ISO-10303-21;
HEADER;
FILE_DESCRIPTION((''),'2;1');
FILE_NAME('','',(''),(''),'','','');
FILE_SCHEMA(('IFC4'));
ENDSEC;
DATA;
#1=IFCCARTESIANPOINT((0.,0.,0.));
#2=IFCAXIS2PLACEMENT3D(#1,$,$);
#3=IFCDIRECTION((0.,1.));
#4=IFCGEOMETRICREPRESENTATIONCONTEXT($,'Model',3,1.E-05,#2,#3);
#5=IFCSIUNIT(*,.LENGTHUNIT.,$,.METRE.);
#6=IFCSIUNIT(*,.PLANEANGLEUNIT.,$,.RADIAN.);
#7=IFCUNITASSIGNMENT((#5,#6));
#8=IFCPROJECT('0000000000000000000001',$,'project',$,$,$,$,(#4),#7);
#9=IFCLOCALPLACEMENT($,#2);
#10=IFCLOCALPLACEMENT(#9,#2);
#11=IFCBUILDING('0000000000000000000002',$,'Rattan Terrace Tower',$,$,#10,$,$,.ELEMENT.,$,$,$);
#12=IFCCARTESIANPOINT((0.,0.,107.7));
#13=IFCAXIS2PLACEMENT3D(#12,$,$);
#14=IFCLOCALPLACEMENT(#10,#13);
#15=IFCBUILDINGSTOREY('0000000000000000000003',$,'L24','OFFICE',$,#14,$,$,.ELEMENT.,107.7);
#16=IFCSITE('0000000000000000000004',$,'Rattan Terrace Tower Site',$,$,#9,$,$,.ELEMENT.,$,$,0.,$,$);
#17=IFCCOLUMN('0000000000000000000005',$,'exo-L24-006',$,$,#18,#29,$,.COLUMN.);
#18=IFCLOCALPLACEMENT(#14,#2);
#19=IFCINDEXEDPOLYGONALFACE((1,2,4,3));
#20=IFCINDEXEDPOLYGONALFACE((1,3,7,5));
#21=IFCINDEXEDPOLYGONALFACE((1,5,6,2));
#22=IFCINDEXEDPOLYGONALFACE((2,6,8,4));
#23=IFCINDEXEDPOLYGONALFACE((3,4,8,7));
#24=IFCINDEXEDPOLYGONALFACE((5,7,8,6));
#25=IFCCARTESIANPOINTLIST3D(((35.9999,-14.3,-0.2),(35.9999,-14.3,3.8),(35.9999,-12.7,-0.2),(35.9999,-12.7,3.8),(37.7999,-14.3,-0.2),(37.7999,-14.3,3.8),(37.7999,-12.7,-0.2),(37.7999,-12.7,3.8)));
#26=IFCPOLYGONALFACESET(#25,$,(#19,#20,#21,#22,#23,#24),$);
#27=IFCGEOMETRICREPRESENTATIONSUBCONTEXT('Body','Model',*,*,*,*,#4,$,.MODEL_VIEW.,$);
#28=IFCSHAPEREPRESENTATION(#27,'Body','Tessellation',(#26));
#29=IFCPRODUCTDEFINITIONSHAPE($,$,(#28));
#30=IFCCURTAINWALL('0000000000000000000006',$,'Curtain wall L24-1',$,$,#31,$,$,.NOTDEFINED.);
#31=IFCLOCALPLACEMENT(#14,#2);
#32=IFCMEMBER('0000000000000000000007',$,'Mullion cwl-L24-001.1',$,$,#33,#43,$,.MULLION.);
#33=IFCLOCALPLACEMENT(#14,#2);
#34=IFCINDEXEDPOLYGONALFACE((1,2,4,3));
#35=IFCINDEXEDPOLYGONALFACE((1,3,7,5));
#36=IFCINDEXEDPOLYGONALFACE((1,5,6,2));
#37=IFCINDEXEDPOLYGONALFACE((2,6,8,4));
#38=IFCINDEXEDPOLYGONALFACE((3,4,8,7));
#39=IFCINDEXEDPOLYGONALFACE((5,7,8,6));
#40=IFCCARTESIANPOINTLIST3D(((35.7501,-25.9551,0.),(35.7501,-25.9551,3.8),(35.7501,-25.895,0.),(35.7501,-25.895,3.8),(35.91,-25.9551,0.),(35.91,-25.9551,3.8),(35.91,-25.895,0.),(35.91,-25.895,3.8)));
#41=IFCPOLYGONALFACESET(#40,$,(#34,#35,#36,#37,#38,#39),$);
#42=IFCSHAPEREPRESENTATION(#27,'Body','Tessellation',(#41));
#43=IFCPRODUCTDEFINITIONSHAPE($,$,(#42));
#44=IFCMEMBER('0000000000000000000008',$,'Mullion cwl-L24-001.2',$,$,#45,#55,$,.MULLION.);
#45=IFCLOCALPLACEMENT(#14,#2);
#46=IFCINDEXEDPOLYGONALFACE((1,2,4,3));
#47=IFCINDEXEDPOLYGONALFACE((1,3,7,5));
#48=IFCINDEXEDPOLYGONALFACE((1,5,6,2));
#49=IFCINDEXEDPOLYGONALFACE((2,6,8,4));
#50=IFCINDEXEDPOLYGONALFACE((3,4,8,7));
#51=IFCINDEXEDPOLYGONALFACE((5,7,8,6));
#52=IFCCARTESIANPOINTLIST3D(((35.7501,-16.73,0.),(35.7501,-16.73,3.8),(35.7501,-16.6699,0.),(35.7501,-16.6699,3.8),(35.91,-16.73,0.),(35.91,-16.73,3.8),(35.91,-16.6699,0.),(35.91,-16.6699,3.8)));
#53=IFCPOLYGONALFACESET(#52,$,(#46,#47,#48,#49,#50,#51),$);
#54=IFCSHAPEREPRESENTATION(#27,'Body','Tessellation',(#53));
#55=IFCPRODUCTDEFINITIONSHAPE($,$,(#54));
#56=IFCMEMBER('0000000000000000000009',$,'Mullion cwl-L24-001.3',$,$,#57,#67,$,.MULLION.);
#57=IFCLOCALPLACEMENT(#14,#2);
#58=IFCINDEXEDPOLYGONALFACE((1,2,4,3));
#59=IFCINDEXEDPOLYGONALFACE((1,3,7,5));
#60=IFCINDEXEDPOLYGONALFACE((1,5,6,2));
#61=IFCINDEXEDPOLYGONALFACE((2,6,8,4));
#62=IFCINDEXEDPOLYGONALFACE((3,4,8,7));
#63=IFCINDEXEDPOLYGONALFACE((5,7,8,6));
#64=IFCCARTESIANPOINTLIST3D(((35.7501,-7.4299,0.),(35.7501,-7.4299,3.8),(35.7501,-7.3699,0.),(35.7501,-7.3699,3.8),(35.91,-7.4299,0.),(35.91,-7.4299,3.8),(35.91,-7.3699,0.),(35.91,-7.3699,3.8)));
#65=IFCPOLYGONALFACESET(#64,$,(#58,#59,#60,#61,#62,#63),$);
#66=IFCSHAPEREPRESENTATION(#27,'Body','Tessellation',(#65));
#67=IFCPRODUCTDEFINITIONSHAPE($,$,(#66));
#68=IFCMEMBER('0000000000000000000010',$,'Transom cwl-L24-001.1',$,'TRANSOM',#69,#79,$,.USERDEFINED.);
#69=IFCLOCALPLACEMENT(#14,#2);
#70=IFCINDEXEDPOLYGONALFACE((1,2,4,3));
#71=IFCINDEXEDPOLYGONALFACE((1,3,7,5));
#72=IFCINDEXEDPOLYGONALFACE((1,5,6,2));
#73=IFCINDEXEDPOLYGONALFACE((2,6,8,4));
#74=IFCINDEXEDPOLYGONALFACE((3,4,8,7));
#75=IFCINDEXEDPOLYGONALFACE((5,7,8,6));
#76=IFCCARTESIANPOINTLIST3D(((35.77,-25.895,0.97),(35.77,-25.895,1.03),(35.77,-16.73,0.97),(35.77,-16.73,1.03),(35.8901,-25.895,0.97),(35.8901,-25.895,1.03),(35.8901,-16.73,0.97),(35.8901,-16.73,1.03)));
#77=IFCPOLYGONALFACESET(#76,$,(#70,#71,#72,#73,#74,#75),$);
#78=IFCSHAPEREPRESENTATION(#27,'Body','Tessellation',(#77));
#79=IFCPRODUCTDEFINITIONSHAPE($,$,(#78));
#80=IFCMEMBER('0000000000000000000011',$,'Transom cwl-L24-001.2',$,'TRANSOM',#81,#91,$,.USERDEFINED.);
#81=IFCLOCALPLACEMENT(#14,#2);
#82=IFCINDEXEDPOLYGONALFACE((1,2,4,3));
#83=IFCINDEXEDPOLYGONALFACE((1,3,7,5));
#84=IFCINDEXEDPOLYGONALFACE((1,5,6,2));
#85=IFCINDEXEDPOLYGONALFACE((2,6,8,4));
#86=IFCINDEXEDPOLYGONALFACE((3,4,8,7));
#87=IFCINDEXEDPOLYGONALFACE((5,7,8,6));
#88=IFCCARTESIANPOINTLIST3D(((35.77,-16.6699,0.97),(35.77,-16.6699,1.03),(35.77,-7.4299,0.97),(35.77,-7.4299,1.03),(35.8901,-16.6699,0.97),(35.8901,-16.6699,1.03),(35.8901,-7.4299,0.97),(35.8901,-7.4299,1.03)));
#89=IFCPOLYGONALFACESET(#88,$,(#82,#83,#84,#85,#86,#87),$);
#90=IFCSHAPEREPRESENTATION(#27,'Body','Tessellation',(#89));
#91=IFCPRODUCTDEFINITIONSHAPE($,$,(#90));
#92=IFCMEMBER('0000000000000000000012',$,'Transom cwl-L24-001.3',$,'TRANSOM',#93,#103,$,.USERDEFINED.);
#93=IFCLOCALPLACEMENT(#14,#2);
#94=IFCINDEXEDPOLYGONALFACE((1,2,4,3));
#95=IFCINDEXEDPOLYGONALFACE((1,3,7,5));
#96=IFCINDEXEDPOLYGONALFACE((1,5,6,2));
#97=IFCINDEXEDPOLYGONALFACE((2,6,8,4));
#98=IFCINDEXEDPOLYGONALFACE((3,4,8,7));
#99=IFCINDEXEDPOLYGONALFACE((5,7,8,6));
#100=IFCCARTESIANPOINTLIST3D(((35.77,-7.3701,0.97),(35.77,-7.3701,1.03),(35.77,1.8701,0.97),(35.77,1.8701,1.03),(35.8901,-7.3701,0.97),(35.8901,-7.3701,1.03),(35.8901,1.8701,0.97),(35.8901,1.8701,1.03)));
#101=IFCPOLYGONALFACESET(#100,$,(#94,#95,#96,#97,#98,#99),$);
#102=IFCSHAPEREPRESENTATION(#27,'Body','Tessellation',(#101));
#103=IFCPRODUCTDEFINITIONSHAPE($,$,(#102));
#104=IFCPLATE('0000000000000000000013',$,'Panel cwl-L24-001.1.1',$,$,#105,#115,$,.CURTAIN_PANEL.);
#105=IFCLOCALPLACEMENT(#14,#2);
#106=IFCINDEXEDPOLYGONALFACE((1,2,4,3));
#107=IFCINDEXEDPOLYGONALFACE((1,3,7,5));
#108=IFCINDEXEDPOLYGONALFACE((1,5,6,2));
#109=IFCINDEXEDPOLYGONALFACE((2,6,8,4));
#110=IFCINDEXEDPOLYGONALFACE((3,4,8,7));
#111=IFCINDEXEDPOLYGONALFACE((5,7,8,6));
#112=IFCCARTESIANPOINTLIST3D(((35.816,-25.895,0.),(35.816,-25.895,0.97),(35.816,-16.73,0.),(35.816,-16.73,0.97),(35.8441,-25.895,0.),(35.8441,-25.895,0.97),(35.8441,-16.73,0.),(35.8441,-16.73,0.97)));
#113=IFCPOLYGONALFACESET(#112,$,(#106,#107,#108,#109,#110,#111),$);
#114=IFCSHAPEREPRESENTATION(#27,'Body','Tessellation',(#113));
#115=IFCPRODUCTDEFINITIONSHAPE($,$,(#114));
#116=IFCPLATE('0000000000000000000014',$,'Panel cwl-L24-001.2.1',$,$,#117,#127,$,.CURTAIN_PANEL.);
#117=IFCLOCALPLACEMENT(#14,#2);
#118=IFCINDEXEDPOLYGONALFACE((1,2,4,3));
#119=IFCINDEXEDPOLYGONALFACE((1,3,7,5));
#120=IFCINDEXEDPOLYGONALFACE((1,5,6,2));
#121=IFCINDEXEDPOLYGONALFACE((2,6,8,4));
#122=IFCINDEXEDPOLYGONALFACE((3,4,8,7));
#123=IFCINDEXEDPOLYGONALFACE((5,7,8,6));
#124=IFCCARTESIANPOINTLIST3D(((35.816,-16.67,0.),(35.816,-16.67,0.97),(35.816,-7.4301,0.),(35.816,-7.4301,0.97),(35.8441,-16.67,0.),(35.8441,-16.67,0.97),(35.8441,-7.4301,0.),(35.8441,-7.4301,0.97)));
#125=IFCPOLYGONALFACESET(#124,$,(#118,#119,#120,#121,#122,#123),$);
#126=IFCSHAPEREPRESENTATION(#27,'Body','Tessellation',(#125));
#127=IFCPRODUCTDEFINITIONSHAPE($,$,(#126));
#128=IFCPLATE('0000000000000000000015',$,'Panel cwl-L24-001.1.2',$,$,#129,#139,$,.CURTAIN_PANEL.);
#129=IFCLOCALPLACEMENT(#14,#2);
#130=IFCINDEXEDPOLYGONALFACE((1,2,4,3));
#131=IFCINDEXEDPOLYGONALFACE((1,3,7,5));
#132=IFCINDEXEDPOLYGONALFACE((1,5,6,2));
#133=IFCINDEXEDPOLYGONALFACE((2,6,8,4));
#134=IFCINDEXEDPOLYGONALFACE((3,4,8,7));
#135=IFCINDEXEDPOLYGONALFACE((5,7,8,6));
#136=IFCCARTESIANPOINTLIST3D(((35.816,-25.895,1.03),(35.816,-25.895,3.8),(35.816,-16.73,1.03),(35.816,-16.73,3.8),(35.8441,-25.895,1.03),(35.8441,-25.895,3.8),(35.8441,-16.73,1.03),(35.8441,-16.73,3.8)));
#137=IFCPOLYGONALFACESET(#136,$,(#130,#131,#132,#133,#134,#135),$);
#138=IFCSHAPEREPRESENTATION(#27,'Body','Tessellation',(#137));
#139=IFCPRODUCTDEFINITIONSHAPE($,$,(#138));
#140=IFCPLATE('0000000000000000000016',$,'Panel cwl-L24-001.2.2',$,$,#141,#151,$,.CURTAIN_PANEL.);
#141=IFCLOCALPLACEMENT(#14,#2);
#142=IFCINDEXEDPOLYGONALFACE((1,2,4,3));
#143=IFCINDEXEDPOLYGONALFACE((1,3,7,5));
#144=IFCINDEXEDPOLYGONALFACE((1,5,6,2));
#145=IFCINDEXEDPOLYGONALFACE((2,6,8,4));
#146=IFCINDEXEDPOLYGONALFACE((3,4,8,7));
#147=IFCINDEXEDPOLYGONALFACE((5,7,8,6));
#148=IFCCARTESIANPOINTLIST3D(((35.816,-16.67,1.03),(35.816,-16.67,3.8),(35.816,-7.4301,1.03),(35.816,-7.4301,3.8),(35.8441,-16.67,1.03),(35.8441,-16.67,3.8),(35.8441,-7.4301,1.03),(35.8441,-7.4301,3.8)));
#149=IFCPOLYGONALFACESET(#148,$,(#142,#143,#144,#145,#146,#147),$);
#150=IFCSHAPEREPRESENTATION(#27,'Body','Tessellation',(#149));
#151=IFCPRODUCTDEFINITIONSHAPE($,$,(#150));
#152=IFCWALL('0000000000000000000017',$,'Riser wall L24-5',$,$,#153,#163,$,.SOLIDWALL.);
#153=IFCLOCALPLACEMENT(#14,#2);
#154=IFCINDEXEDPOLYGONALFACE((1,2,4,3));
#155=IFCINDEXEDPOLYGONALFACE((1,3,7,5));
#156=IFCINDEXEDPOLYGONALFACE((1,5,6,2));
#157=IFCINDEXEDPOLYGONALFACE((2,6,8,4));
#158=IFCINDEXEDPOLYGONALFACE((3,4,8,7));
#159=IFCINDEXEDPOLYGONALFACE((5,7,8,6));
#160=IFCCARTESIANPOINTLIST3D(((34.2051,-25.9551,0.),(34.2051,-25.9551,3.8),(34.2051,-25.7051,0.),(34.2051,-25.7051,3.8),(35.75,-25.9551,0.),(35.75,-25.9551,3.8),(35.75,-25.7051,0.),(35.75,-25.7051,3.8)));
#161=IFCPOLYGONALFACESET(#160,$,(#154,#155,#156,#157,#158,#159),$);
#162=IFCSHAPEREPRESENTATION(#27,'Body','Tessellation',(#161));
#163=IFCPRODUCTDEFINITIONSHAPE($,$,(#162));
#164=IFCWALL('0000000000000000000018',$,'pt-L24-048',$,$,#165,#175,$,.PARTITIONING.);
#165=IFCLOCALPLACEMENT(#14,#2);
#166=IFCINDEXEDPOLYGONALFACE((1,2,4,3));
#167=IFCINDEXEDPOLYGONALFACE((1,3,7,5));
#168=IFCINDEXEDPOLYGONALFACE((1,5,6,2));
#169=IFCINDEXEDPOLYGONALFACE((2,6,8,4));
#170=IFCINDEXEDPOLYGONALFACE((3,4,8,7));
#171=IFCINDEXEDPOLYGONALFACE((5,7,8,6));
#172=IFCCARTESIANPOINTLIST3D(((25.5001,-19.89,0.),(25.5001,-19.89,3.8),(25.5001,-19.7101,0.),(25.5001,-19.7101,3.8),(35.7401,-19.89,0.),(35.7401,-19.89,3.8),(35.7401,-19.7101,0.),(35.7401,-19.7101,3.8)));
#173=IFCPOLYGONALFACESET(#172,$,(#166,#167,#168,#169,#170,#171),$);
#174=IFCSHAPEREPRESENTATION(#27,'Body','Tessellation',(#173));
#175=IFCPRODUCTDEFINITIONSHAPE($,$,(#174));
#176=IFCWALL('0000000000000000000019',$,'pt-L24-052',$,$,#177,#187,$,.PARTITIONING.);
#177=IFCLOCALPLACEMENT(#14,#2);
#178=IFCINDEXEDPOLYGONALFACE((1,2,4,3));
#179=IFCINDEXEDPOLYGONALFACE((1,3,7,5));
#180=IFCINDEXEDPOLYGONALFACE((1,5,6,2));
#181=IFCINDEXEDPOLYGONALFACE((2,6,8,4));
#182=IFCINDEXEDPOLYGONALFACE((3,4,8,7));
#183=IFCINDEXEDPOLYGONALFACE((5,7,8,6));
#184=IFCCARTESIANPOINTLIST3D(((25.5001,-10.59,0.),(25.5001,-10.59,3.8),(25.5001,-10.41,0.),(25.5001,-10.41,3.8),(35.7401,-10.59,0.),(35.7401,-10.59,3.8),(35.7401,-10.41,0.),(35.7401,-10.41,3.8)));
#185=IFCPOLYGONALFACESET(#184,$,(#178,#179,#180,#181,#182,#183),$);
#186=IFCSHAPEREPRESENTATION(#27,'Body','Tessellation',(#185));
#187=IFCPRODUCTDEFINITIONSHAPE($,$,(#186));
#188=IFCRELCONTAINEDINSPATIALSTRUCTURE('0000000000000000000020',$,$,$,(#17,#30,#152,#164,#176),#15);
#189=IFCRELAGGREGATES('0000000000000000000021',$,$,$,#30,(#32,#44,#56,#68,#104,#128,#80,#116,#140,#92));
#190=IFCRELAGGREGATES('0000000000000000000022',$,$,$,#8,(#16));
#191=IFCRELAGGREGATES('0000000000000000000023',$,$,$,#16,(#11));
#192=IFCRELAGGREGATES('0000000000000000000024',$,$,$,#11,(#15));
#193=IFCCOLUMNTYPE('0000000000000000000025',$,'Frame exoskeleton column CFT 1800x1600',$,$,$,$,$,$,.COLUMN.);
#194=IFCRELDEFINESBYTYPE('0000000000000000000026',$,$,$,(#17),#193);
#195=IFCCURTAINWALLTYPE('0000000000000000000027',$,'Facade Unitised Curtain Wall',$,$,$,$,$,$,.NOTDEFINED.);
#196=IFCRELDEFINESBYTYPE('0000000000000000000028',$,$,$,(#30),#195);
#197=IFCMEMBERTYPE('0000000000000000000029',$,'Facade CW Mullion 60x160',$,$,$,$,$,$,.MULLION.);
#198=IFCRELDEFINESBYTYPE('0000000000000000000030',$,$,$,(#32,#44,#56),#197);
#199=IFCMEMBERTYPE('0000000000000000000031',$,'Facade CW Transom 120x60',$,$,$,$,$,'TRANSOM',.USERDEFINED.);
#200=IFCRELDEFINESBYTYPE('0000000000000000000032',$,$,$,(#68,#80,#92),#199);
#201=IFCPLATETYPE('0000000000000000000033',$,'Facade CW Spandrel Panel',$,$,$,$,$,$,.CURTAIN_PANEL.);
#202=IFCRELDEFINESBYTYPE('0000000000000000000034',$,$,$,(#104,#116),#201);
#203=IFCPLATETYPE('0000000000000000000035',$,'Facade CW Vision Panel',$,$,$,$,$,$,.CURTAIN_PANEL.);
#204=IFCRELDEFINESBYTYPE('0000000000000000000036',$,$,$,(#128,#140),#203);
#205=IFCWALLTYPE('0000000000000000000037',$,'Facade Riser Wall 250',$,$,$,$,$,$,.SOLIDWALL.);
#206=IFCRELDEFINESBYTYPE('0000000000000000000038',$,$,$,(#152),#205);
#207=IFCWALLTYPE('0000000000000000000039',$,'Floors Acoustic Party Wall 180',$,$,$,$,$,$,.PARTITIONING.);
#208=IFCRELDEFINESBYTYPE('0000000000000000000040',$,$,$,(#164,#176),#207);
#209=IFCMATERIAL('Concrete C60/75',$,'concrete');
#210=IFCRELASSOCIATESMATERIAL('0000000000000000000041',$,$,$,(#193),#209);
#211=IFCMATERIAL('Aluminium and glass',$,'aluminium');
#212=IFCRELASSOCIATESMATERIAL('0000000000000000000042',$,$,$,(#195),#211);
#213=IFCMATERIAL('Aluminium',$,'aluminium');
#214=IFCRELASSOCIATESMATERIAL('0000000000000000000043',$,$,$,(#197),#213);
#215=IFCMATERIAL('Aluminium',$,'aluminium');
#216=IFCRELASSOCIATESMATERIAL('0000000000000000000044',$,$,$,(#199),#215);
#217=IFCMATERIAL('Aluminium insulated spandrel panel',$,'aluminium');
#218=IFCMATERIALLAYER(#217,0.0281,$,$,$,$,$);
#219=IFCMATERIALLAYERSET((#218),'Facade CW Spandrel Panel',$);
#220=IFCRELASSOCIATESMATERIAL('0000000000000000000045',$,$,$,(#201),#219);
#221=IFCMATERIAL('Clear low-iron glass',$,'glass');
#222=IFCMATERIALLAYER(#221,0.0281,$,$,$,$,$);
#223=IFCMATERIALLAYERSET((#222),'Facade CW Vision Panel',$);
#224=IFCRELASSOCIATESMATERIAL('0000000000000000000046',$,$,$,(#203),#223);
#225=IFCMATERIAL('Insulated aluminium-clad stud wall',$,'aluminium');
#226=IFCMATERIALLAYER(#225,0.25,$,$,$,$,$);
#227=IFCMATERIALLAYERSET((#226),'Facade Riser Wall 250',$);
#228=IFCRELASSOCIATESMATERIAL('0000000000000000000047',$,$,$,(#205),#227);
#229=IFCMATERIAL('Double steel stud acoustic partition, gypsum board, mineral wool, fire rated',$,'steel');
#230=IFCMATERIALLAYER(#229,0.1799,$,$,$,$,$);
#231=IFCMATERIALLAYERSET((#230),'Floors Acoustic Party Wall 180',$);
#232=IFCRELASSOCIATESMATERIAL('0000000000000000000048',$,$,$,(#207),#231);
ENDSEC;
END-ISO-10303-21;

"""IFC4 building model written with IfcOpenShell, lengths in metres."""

from ifc_helpers import new_model, si_unit, direction, frame, frame_2d, origin, origin_2d, place, context, subcontext, project, spatial, rectangle, extrude, material, layer, layer_set, material_profile, profile_set, type_object, element, aggregate, save


model = new_model("IFC4")

# Units and contexts
model_context = context("Model", 3, precision=1e-05, world=origin(), true_north=direction((0.0, 1.0)))
body_context = subcontext(model_context, "Body", "Model", "MODEL_VIEW")
ifc_project = project(units=[si_unit("LENGTHUNIT", "METRE"), si_unit("PLANEANGLEUNIT", "RADIAN")], contexts=[model_context])

# Site, building, storey
site_placement = place(None, origin())
site = spatial("IfcSite", under=ifc_project, at=site_placement, Name="Rattan Terrace Tower Site", CompositionType="ELEMENT", RefElevation=0.0)
building_placement = place(site_placement, origin())
building = spatial("IfcBuilding", under=site, at=building_placement, Name="Rattan Terrace Tower", CompositionType="ELEMENT")
storey_placement = place(building_placement, frame((0.0, 0.0, 107.7)))
storey = spatial("IfcBuildingStorey", under=building, at=storey_placement, Name="L24", Description="OFFICE", CompositionType="ELEMENT", Elevation=107.7)

# Column
ifc_material_1 = material(Name="Concrete C60/75", Category="concrete")
ifc_material_profile_1 = material_profile(ifc_material_1, rectangle(XDim=1.6001, YDim=1.8, at=origin_2d()), Name="CFT 1800x1600")
ifc_profile_set_1 = profile_set([ifc_material_profile_1], Name="Concrete C60/75")
column_type = type_object("IfcColumnType", Name="Frame exoskeleton column CFT 1800x1600", PredefinedType="COLUMN", material=ifc_profile_set_1)
column_placement = place(storey_placement, frame((36.8999, -13.5, -0.2), z_axis=(0.0, 0.0, 1.0), x_axis=(0.0, 1.0, 0.0)))
element("IfcColumn", 1, at=column_placement, inside=storey, type_object=column_type, Name="exo-L24-006", PredefinedType="COLUMN", context=body_context, shape_type="SweptSolid", body=[
    extrude(rectangle(XDim=1.6001, YDim=1.8, at=origin_2d()), origin(), (0.0, 0.0, 1.0), 4.0),
])

# Curtain wall, members, plates
ifc_material_2 = material(Name="Aluminium and glass", Category="aluminium")
curtain_wall_type = type_object("IfcCurtainWallType", Name="Facade Unitised Curtain Wall", PredefinedType="NOTDEFINED", material=ifc_material_2)
curtain_wall_placement = place(storey_placement, origin())
curtain_wall = element("IfcCurtainWall", 2, at=curtain_wall_placement, inside=storey, type_object=curtain_wall_type, Name="Curtain wall L24-1", PredefinedType="NOTDEFINED")
ifc_material_3 = material(Name="Aluminium", Category="aluminium")
ifc_material_profile_2 = material_profile(ifc_material_3, rectangle(XDim=0.0601, YDim=0.1599, at=origin_2d()), Name="Aluminium 60x160")
ifc_profile_set_2 = profile_set([ifc_material_profile_2], Name="Aluminium")
member_type_1 = type_object("IfcMemberType", Name="Facade CW Mullion 60x160", PredefinedType="MULLION", material=ifc_profile_set_2)
member_1_placement = place(storey_placement, frame((35.8301, -25.925, 0.0), z_axis=(0.0, 0.0, 1.0), x_axis=(0.0, 1.0, 0.0)))
member_1 = element("IfcMember", 3, at=member_1_placement, type_object=member_type_1, Name="Mullion cwl-L24-001.1", PredefinedType="MULLION", context=body_context, shape_type="SweptSolid", body=[
    extrude(rectangle(XDim=0.0601, YDim=0.1599, at=origin_2d()), origin(), (0.0, 0.0, 1.0), 3.8),
])
member_2_placement = place(storey_placement, frame((35.8301, -16.7, 0.0), z_axis=(0.0, 0.0, 1.0), x_axis=(0.0, 1.0, 0.0)))
member_2 = element("IfcMember", 4, at=member_2_placement, type_object=member_type_1, Name="Mullion cwl-L24-001.2", PredefinedType="MULLION", context=body_context, shape_type="SweptSolid", body=[
    extrude(rectangle(XDim=0.0601, YDim=0.1599, at=origin_2d()), origin(), (0.0, 0.0, 1.0), 3.8),
])
member_3_placement = place(storey_placement, frame((35.8301, -7.3999, 0.0), z_axis=(0.0, 0.0, 1.0), x_axis=(0.0, 1.0, 0.0)))
member_3 = element("IfcMember", 5, at=member_3_placement, type_object=member_type_1, Name="Mullion cwl-L24-001.3", PredefinedType="MULLION", context=body_context, shape_type="SweptSolid", body=[
    extrude(rectangle(XDim=0.0601, YDim=0.1599, at=origin_2d()), origin(), (0.0, 0.0, 1.0), 3.8),
])
ifc_material_4 = material(Name="Aluminium", Category="aluminium")
ifc_material_profile_3 = material_profile(ifc_material_4, rectangle(XDim=0.1201, YDim=0.0601, at=origin_2d()), Name="Aluminium 120x60")
ifc_profile_set_3 = profile_set([ifc_material_profile_3], Name="Aluminium")
member_type_2 = type_object("IfcMemberType", Name="Facade CW Transom 120x60", ElementType="TRANSOM", PredefinedType="USERDEFINED", material=ifc_profile_set_3)
member_4_placement = place(storey_placement, frame((35.8301, -25.895, 1.0), z_axis=(0.0, 1.0, 0.0), x_axis=(-1.0, 0.0, 0.0)))
member_4 = element("IfcMember", 6, at=member_4_placement, type_object=member_type_2, Name="Transom cwl-L24-001.1", ObjectType="TRANSOM", PredefinedType="USERDEFINED", context=body_context, shape_type="SweptSolid", body=[
    extrude(rectangle(XDim=0.1201, YDim=0.0601, at=origin_2d()), origin(), (0.0, 0.0, 1.0), 9.165),
])
member_5_placement = place(storey_placement, frame((35.8301, -16.6699, 1.0), z_axis=(0.0, 1.0, 0.0), x_axis=(-1.0, 0.0, 0.0)))
member_5 = element("IfcMember", 7, at=member_5_placement, type_object=member_type_2, Name="Transom cwl-L24-001.2", ObjectType="TRANSOM", PredefinedType="USERDEFINED", context=body_context, shape_type="SweptSolid", body=[
    extrude(rectangle(XDim=0.1201, YDim=0.0601, at=origin_2d()), origin(), (0.0, 0.0, 1.0), 9.24),
])
member_6_placement = place(storey_placement, frame((35.8301, -7.3701, 1.0), z_axis=(0.0, 1.0, 0.0), x_axis=(-1.0, 0.0, 0.0)))
member_6 = element("IfcMember", 8, at=member_6_placement, type_object=member_type_2, Name="Transom cwl-L24-001.3", ObjectType="TRANSOM", PredefinedType="USERDEFINED", context=body_context, shape_type="SweptSolid", body=[
    extrude(rectangle(XDim=0.1201, YDim=0.0601, at=origin_2d()), origin(), (0.0, 0.0, 1.0), 9.2402),
])
ifc_material_5 = material(Name="Aluminium insulated spandrel panel", Category="aluminium")
ifc_layer_1 = layer(ifc_material_5, 0.0281)
ifc_layer_set_1 = layer_set([ifc_layer_1], Name="Facade CW Spandrel Panel")
plate_type_1 = type_object("IfcPlateType", Name="Facade CW Spandrel Panel", PredefinedType="CURTAIN_PANEL", material=ifc_layer_set_1)
plate_1_placement = place(storey_placement, frame((35.8301, -21.3125, 0.0), z_axis=(0.0, 0.0, 1.0), x_axis=(0.0, 1.0, 0.0)))
plate_1 = element("IfcPlate", 9, at=plate_1_placement, type_object=plate_type_1, Name="Panel cwl-L24-001.1.1", PredefinedType="CURTAIN_PANEL", context=body_context, shape_type="SweptSolid", body=[
    extrude(rectangle(XDim=9.165, YDim=0.0281, at=origin_2d()), origin(), (0.0, 0.0, 1.0), 0.97),
])
plate_2_placement = place(storey_placement, frame((35.8301, -12.05, 0.0), z_axis=(0.0, 0.0, 1.0), x_axis=(0.0, 1.0, 0.0)))
plate_2 = element("IfcPlate", 10, at=plate_2_placement, type_object=plate_type_1, Name="Panel cwl-L24-001.2.1", PredefinedType="CURTAIN_PANEL", context=body_context, shape_type="SweptSolid", body=[
    extrude(rectangle(XDim=9.24, YDim=0.0281, at=origin_2d()), origin(), (0.0, 0.0, 1.0), 0.97),
])
ifc_material_6 = material(Name="Clear low-iron glass", Category="glass")
ifc_layer_2 = layer(ifc_material_6, 0.0281)
ifc_layer_set_2 = layer_set([ifc_layer_2], Name="Facade CW Vision Panel")
plate_type_2 = type_object("IfcPlateType", Name="Facade CW Vision Panel", PredefinedType="CURTAIN_PANEL", material=ifc_layer_set_2)
plate_3_placement = place(storey_placement, frame((35.8301, -21.3125, 1.03), z_axis=(0.0, 0.0, 1.0), x_axis=(0.0, 1.0, 0.0)))
plate_3 = element("IfcPlate", 11, at=plate_3_placement, type_object=plate_type_2, Name="Panel cwl-L24-001.1.2", PredefinedType="CURTAIN_PANEL", context=body_context, shape_type="SweptSolid", body=[
    extrude(rectangle(XDim=9.165, YDim=0.0281, at=origin_2d()), origin(), (0.0, 0.0, 1.0), 2.77),
])
plate_4_placement = place(storey_placement, frame((35.8301, -12.05, 1.03), z_axis=(0.0, 0.0, 1.0), x_axis=(0.0, 1.0, 0.0)))
plate_4 = element("IfcPlate", 12, at=plate_4_placement, type_object=plate_type_2, Name="Panel cwl-L24-001.2.2", PredefinedType="CURTAIN_PANEL", context=body_context, shape_type="SweptSolid", body=[
    extrude(rectangle(XDim=9.24, YDim=0.0281, at=origin_2d()), origin(), (0.0, 0.0, 1.0), 2.77),
])
aggregate(curtain_wall, [member_1, member_2, member_3, member_4, plate_1, plate_3, member_5, plate_2, plate_4, member_6])

# Walls
ifc_material_7 = material(Name="Insulated aluminium-clad stud wall", Category="aluminium")
ifc_layer_3 = layer(ifc_material_7, 0.25)
ifc_layer_set_3 = layer_set([ifc_layer_3], Name="Facade Riser Wall 250")
wall_type_1 = type_object("IfcWallType", Name="Facade Riser Wall 250", PredefinedType="SOLIDWALL", material=ifc_layer_set_3)
wall_1_placement = place(storey_placement, frame((34.2051, -25.8301, 0.0), z_axis=(0.0, 0.0, 1.0), x_axis=(1.0, 0.0, 0.0)))
element("IfcWall", 13, at=wall_1_placement, inside=storey, type_object=wall_type_1, Name="Riser wall L24-5", PredefinedType="SOLIDWALL", context=body_context, shape_type="SweptSolid", body=[
    extrude(rectangle(XDim=1.5449, YDim=0.25, at=frame_2d((0.7725, 0.0))), origin(), (0.0, 0.0, 1.0), 3.8),
])
ifc_material_8 = material(Name="Double steel stud acoustic partition, gypsum board, mineral wool, fire rated", Category="steel")
ifc_layer_4 = layer(ifc_material_8, 0.1799)
ifc_layer_set_4 = layer_set([ifc_layer_4], Name="Floors Acoustic Party Wall 180")
wall_type_2 = type_object("IfcWallType", Name="Floors Acoustic Party Wall 180", PredefinedType="PARTITIONING", material=ifc_layer_set_4)
for number, where, z_axis, x_axis, name in (
    (14, (25.5, -19.8, 0.0), (0.0, 0.0, 1.0), (1.0, 0.0, 0.0), "pt-L24-048"),
    (15, (25.5, -10.5, 0.0), (0.0, 0.0, 1.0), (1.0, 0.0, 0.0), "pt-L24-052"),
):
    element("IfcWall", number, at=place(storey_placement, frame(where, z_axis=z_axis, x_axis=x_axis)), inside=storey, type_object=wall_type_2, Name=name, PredefinedType="PARTITIONING", context=body_context, shape_type="SweptSolid", body=[
        extrude(rectangle(XDim=10.24, YDim=0.1799, at=frame_2d((5.1201, 0.0))), origin(), (0.0, 0.0, 1.0), 3.8),
    ])

save(model, "model.ifc")
